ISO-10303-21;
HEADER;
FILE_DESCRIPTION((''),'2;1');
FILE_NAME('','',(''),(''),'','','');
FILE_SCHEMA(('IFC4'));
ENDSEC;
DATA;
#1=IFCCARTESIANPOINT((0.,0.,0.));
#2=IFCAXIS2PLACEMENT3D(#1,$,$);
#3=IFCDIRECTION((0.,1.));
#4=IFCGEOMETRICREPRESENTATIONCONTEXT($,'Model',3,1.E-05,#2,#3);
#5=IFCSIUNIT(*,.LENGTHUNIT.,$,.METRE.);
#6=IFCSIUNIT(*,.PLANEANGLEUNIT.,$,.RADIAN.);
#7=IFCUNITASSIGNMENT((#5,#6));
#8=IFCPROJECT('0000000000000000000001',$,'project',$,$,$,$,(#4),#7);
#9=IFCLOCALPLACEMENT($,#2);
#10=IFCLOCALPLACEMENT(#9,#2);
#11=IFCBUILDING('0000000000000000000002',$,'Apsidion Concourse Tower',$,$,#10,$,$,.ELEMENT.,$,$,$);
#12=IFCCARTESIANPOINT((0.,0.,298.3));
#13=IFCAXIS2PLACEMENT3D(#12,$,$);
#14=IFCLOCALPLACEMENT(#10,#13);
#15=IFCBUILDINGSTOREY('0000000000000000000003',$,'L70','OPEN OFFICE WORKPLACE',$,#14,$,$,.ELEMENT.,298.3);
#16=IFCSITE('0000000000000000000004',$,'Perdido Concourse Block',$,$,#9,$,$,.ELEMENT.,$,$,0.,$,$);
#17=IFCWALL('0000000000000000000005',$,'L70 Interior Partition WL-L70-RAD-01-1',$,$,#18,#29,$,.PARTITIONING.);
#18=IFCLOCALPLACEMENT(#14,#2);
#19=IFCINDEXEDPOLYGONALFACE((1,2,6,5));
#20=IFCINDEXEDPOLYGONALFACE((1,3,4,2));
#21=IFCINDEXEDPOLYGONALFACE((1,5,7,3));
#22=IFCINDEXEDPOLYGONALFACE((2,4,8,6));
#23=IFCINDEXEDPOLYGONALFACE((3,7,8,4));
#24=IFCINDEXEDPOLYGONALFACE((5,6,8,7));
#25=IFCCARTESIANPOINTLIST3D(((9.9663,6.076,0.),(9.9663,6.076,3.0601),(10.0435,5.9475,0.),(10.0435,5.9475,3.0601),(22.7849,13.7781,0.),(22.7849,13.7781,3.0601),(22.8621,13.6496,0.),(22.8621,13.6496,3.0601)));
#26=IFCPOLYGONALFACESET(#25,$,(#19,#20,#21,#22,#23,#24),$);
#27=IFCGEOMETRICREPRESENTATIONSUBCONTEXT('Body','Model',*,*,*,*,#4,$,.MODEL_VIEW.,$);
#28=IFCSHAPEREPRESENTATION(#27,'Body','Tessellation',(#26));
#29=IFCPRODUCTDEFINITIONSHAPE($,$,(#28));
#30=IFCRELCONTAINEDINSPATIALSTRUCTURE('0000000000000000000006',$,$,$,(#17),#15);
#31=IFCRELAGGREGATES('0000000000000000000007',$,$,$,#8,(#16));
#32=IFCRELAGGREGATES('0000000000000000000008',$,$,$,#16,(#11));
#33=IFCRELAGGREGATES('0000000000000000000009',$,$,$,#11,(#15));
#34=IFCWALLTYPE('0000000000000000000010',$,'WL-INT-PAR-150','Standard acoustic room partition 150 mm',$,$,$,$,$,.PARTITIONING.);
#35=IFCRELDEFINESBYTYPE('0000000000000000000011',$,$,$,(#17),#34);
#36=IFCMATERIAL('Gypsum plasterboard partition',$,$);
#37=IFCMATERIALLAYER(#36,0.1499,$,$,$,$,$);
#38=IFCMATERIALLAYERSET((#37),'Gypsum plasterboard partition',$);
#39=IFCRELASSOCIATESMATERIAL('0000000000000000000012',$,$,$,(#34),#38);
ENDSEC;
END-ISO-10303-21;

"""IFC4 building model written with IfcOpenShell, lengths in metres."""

from ifc_helpers import new_model, si_unit, direction, frame, frame_2d, origin, place, context, subcontext, project, spatial, rectangle, extrude, material, layer, layer_set, type_object, element, save


model = new_model("IFC4")

# Units and contexts
model_context = context("Model", 3, precision=1e-05, world=origin(), true_north=direction((0.0, 1.0)))
body_context = subcontext(model_context, "Body", "Model", "MODEL_VIEW")
ifc_project = project(units=[si_unit("LENGTHUNIT", "METRE"), si_unit("PLANEANGLEUNIT", "RADIAN")], contexts=[model_context])

# Site, building, storey
site_placement = place(None, origin())
site = spatial("IfcSite", under=ifc_project, at=site_placement, Name="Perdido Concourse Block", CompositionType="ELEMENT", RefElevation=0.0)
building_placement = place(site_placement, origin())
building = spatial("IfcBuilding", under=site, at=building_placement, Name="Apsidion Concourse Tower", CompositionType="ELEMENT")
storey_placement = place(building_placement, frame((0.0, 0.0, 298.3)))
storey = spatial("IfcBuildingStorey", under=building, at=storey_placement, Name="L70", Description="OPEN OFFICE WORKPLACE", CompositionType="ELEMENT", Elevation=298.3)

# Shared definitions
ifc_material_1 = material(Name="Gypsum plasterboard partition")
ifc_layer_1 = layer(ifc_material_1, 0.1499)
ifc_layer_set_1 = layer_set([ifc_layer_1], Name="Gypsum plasterboard partition")
wall_type_1 = type_object("IfcWallType", Name="WL-INT-PAR-150", Description="Standard acoustic room partition 150 mm", PredefinedType="PARTITIONING", material=ifc_layer_set_1)

# Wall
wall_1_placement = place(storey_placement, frame((10.0049, 6.0117, 0.0), z_axis=(0.0, 0.0, 1.0), x_axis=(0.857169, 0.515036, 0.0)))
element("IfcWall", 1, at=wall_1_placement, inside=storey, type_object=wall_type_1, Name="L70 Interior Partition WL-L70-RAD-01-1", PredefinedType="PARTITIONING", context=body_context, shape_type="SweptSolid", body=[
    extrude(rectangle(XDim=14.9546, YDim=0.1499, at=frame_2d((7.4773, 0.0))), origin(), (0.0, 0.0, 1.0), 3.0601),
])

save(model, "model.ifc")
